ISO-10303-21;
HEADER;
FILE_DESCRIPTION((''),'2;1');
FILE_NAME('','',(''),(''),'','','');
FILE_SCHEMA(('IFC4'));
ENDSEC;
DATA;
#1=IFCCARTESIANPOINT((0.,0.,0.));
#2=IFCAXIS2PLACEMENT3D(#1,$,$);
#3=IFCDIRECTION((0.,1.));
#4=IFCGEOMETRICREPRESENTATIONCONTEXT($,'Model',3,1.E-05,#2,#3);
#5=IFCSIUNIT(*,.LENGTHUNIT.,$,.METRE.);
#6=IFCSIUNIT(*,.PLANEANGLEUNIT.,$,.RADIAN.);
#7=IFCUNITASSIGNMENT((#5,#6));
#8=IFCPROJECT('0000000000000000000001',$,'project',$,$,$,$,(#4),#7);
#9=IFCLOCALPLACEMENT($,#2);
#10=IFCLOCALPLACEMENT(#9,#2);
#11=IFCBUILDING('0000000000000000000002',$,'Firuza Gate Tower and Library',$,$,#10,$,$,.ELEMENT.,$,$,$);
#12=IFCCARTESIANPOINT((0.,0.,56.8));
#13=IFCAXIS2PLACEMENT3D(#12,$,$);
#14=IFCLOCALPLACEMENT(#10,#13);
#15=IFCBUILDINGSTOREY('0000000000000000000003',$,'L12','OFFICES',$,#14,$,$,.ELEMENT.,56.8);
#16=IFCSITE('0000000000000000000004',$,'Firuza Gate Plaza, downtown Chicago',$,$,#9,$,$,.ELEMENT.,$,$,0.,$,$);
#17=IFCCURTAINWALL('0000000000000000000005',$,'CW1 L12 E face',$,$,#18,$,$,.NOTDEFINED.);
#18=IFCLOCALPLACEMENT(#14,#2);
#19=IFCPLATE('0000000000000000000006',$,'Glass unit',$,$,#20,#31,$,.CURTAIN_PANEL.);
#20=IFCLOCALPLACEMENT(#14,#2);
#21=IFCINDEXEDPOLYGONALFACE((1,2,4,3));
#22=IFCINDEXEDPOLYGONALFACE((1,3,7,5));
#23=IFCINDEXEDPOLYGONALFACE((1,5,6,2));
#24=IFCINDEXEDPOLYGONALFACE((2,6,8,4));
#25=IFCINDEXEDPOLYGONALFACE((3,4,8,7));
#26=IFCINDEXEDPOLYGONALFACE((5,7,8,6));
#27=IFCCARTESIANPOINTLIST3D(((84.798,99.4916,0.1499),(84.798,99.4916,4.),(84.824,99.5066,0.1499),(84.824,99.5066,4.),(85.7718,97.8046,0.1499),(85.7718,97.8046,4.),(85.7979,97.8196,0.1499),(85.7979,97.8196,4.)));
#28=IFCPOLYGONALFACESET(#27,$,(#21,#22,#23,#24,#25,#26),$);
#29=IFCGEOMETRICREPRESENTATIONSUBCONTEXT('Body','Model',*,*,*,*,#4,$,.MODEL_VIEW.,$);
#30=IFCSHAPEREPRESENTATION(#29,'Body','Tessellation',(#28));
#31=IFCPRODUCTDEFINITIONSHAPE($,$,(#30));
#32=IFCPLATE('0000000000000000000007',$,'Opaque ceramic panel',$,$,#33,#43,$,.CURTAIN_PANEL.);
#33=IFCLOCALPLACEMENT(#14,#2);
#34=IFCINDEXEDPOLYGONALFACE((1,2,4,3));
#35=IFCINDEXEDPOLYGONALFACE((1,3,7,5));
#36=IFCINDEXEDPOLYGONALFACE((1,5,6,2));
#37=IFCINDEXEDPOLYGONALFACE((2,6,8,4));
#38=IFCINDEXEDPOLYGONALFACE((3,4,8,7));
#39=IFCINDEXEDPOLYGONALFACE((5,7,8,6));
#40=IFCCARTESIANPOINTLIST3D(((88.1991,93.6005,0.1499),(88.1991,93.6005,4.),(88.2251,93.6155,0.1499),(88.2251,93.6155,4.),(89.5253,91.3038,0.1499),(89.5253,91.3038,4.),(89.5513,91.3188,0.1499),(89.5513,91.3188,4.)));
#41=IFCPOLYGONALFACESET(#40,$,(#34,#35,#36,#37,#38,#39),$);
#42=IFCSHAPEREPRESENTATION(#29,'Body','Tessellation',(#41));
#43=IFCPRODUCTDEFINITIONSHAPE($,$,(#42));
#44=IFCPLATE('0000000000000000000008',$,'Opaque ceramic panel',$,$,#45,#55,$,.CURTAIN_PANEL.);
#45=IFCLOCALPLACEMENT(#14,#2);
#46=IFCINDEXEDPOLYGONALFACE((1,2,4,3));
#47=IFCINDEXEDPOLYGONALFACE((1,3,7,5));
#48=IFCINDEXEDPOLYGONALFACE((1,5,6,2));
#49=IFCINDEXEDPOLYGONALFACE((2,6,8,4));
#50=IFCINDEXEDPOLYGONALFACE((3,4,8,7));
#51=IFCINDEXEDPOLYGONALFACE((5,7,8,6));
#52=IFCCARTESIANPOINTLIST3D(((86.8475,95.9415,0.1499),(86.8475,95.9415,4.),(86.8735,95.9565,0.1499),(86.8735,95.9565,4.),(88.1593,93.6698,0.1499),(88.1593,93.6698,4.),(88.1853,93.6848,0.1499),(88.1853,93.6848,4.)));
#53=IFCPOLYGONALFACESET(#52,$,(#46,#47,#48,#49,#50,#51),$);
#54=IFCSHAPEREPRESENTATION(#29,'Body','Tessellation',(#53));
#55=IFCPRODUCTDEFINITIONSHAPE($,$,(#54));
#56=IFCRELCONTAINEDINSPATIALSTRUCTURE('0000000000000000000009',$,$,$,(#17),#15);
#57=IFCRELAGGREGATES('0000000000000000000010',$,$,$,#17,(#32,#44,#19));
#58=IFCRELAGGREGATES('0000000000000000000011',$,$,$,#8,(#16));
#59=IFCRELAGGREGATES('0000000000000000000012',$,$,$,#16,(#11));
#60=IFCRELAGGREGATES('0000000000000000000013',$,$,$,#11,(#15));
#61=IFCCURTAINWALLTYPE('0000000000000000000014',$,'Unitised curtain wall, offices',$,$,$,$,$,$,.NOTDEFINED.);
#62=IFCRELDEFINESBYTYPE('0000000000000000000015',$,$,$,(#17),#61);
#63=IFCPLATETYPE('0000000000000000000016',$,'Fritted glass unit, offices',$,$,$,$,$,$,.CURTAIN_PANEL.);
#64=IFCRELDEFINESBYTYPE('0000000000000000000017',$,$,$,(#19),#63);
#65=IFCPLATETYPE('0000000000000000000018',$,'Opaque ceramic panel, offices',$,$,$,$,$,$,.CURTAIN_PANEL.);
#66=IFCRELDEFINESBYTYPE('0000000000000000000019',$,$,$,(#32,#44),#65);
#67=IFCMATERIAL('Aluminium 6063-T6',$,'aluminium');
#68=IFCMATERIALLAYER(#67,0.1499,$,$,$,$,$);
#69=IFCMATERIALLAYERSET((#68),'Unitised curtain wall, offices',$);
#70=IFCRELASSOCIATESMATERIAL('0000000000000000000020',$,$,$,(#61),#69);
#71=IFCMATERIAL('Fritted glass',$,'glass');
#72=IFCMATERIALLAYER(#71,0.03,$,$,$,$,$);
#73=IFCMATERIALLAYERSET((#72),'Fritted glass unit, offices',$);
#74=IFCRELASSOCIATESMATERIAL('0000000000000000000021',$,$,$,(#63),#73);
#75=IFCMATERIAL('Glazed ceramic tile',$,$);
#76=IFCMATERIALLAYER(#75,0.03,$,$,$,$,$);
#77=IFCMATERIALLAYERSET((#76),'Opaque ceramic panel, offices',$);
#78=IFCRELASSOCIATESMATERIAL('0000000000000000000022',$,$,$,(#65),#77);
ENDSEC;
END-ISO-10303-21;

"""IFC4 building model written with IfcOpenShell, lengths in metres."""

from ifc_helpers import new_model, si_unit, direction, frame, origin, place, context, subcontext, project, spatial, polyline, outline, extrude, material, layer, layer_set, type_object, element, aggregate, save


model = new_model("IFC4")

# Units and contexts
model_context = context("Model", 3, precision=1e-05, world=origin(), true_north=direction((0.0, 1.0)))
body_context = subcontext(model_context, "Body", "Model", "MODEL_VIEW")
ifc_project = project(units=[si_unit("LENGTHUNIT", "METRE"), si_unit("PLANEANGLEUNIT", "RADIAN")], contexts=[model_context])

# Site, building, storey
site_placement = place(None, origin())
site = spatial("IfcSite", under=ifc_project, at=site_placement, Name="Firuza Gate Plaza, downtown Chicago", CompositionType="ELEMENT", RefElevation=0.0)
building_placement = place(site_placement, origin())
building = spatial("IfcBuilding", under=site, at=building_placement, Name="Firuza Gate Tower and Library", CompositionType="ELEMENT")
storey_placement = place(building_placement, frame((0.0, 0.0, 56.8)))
storey = spatial("IfcBuildingStorey", under=building, at=storey_placement, Name="L12", Description="OFFICES", CompositionType="ELEMENT", Elevation=56.8)

# Curtain wall
ifc_material_1 = material(Name="Aluminium 6063-T6", Category="aluminium")
ifc_layer_1 = layer(ifc_material_1, 0.1499)
ifc_layer_set_1 = layer_set([ifc_layer_1], Name="Unitised curtain wall, offices")
curtain_wall_type = type_object("IfcCurtainWallType", Name="Unitised curtain wall, offices", PredefinedType="NOTDEFINED", material=ifc_layer_set_1)
curtain_wall_placement = place(storey_placement, origin())
curtain_wall = element("IfcCurtainWall", 1, at=curtain_wall_placement, inside=storey, type_object=curtain_wall_type, Name="CW1 L12 E face", PredefinedType="NOTDEFINED")

# Plates
ifc_material_2 = material(Name="Fritted glass", Category="glass")
ifc_layer_2 = layer(ifc_material_2, 0.03)
ifc_layer_set_2 = layer_set([ifc_layer_2], Name="Fritted glass unit, offices")
plate_type_1 = type_object("IfcPlateType", Name="Fritted glass unit, offices", PredefinedType="CURTAIN_PANEL", material=ifc_layer_set_2)
plate_1_placement = place(storey_placement, frame((85.7979, 97.8196, 0.1499), z_axis=(0.866052, 0.499954, 0.0), x_axis=(-0.499954, 0.866052, 0.0)))
plate_1 = element("IfcPlate", 2, at=plate_1_placement, type_object=plate_type_1, Name="Glass unit", PredefinedType="CURTAIN_PANEL", context=body_context, shape_type="SweptSolid", body=[
    extrude(outline(polyline([(0.0, 0.0), (1.9479, 0.0), (1.9479, 3.8501), (0.0, 3.8501), (0.0, 0.0)])), origin(), (0.0, 0.0, -1.0), 0.03),
])
ifc_material_3 = material(Name="Glazed ceramic tile")
ifc_layer_3 = layer(ifc_material_3, 0.03)
ifc_layer_set_3 = layer_set([ifc_layer_3], Name="Opaque ceramic panel, offices")
plate_type_2 = type_object("IfcPlateType", Name="Opaque ceramic panel, offices", PredefinedType="CURTAIN_PANEL", material=ifc_layer_set_3)
plate_2_placement = place(storey_placement, frame((89.5513, 91.3188, 0.1499), z_axis=(0.865991, 0.50006, 0.0), x_axis=(-0.50006, 0.865991, 0.0)))
plate_2 = element("IfcPlate", 3, at=plate_2_placement, type_object=plate_type_2, Name="Opaque ceramic panel", PredefinedType="CURTAIN_PANEL", context=body_context, shape_type="SweptSolid", body=[
    extrude(outline(polyline([(0.0, 0.0), (2.652, 0.0), (2.652, 3.8501), (0.0, 3.8501), (0.0, 0.0)])), origin(), (0.0, 0.0, -1.0), 0.03),
])
plate_3_placement = place(storey_placement, frame((88.1853, 93.6848, 0.1499), z_axis=(0.865995, 0.500053, 0.0), x_axis=(-0.500053, 0.865995, 0.0)))
plate_3 = element("IfcPlate", 4, at=plate_3_placement, type_object=plate_type_2, Name="Opaque ceramic panel", PredefinedType="CURTAIN_PANEL", context=body_context, shape_type="SweptSolid", body=[
    extrude(outline(polyline([(0.0, 0.0), (2.6233, 0.0), (2.6233, 3.8501), (0.0, 3.8501), (0.0, 0.0)])), origin(), (0.0, 0.0, -1.0), 0.03),
])
aggregate(curtain_wall, [plate_2, plate_3, plate_1])

save(model, "model.ifc")
